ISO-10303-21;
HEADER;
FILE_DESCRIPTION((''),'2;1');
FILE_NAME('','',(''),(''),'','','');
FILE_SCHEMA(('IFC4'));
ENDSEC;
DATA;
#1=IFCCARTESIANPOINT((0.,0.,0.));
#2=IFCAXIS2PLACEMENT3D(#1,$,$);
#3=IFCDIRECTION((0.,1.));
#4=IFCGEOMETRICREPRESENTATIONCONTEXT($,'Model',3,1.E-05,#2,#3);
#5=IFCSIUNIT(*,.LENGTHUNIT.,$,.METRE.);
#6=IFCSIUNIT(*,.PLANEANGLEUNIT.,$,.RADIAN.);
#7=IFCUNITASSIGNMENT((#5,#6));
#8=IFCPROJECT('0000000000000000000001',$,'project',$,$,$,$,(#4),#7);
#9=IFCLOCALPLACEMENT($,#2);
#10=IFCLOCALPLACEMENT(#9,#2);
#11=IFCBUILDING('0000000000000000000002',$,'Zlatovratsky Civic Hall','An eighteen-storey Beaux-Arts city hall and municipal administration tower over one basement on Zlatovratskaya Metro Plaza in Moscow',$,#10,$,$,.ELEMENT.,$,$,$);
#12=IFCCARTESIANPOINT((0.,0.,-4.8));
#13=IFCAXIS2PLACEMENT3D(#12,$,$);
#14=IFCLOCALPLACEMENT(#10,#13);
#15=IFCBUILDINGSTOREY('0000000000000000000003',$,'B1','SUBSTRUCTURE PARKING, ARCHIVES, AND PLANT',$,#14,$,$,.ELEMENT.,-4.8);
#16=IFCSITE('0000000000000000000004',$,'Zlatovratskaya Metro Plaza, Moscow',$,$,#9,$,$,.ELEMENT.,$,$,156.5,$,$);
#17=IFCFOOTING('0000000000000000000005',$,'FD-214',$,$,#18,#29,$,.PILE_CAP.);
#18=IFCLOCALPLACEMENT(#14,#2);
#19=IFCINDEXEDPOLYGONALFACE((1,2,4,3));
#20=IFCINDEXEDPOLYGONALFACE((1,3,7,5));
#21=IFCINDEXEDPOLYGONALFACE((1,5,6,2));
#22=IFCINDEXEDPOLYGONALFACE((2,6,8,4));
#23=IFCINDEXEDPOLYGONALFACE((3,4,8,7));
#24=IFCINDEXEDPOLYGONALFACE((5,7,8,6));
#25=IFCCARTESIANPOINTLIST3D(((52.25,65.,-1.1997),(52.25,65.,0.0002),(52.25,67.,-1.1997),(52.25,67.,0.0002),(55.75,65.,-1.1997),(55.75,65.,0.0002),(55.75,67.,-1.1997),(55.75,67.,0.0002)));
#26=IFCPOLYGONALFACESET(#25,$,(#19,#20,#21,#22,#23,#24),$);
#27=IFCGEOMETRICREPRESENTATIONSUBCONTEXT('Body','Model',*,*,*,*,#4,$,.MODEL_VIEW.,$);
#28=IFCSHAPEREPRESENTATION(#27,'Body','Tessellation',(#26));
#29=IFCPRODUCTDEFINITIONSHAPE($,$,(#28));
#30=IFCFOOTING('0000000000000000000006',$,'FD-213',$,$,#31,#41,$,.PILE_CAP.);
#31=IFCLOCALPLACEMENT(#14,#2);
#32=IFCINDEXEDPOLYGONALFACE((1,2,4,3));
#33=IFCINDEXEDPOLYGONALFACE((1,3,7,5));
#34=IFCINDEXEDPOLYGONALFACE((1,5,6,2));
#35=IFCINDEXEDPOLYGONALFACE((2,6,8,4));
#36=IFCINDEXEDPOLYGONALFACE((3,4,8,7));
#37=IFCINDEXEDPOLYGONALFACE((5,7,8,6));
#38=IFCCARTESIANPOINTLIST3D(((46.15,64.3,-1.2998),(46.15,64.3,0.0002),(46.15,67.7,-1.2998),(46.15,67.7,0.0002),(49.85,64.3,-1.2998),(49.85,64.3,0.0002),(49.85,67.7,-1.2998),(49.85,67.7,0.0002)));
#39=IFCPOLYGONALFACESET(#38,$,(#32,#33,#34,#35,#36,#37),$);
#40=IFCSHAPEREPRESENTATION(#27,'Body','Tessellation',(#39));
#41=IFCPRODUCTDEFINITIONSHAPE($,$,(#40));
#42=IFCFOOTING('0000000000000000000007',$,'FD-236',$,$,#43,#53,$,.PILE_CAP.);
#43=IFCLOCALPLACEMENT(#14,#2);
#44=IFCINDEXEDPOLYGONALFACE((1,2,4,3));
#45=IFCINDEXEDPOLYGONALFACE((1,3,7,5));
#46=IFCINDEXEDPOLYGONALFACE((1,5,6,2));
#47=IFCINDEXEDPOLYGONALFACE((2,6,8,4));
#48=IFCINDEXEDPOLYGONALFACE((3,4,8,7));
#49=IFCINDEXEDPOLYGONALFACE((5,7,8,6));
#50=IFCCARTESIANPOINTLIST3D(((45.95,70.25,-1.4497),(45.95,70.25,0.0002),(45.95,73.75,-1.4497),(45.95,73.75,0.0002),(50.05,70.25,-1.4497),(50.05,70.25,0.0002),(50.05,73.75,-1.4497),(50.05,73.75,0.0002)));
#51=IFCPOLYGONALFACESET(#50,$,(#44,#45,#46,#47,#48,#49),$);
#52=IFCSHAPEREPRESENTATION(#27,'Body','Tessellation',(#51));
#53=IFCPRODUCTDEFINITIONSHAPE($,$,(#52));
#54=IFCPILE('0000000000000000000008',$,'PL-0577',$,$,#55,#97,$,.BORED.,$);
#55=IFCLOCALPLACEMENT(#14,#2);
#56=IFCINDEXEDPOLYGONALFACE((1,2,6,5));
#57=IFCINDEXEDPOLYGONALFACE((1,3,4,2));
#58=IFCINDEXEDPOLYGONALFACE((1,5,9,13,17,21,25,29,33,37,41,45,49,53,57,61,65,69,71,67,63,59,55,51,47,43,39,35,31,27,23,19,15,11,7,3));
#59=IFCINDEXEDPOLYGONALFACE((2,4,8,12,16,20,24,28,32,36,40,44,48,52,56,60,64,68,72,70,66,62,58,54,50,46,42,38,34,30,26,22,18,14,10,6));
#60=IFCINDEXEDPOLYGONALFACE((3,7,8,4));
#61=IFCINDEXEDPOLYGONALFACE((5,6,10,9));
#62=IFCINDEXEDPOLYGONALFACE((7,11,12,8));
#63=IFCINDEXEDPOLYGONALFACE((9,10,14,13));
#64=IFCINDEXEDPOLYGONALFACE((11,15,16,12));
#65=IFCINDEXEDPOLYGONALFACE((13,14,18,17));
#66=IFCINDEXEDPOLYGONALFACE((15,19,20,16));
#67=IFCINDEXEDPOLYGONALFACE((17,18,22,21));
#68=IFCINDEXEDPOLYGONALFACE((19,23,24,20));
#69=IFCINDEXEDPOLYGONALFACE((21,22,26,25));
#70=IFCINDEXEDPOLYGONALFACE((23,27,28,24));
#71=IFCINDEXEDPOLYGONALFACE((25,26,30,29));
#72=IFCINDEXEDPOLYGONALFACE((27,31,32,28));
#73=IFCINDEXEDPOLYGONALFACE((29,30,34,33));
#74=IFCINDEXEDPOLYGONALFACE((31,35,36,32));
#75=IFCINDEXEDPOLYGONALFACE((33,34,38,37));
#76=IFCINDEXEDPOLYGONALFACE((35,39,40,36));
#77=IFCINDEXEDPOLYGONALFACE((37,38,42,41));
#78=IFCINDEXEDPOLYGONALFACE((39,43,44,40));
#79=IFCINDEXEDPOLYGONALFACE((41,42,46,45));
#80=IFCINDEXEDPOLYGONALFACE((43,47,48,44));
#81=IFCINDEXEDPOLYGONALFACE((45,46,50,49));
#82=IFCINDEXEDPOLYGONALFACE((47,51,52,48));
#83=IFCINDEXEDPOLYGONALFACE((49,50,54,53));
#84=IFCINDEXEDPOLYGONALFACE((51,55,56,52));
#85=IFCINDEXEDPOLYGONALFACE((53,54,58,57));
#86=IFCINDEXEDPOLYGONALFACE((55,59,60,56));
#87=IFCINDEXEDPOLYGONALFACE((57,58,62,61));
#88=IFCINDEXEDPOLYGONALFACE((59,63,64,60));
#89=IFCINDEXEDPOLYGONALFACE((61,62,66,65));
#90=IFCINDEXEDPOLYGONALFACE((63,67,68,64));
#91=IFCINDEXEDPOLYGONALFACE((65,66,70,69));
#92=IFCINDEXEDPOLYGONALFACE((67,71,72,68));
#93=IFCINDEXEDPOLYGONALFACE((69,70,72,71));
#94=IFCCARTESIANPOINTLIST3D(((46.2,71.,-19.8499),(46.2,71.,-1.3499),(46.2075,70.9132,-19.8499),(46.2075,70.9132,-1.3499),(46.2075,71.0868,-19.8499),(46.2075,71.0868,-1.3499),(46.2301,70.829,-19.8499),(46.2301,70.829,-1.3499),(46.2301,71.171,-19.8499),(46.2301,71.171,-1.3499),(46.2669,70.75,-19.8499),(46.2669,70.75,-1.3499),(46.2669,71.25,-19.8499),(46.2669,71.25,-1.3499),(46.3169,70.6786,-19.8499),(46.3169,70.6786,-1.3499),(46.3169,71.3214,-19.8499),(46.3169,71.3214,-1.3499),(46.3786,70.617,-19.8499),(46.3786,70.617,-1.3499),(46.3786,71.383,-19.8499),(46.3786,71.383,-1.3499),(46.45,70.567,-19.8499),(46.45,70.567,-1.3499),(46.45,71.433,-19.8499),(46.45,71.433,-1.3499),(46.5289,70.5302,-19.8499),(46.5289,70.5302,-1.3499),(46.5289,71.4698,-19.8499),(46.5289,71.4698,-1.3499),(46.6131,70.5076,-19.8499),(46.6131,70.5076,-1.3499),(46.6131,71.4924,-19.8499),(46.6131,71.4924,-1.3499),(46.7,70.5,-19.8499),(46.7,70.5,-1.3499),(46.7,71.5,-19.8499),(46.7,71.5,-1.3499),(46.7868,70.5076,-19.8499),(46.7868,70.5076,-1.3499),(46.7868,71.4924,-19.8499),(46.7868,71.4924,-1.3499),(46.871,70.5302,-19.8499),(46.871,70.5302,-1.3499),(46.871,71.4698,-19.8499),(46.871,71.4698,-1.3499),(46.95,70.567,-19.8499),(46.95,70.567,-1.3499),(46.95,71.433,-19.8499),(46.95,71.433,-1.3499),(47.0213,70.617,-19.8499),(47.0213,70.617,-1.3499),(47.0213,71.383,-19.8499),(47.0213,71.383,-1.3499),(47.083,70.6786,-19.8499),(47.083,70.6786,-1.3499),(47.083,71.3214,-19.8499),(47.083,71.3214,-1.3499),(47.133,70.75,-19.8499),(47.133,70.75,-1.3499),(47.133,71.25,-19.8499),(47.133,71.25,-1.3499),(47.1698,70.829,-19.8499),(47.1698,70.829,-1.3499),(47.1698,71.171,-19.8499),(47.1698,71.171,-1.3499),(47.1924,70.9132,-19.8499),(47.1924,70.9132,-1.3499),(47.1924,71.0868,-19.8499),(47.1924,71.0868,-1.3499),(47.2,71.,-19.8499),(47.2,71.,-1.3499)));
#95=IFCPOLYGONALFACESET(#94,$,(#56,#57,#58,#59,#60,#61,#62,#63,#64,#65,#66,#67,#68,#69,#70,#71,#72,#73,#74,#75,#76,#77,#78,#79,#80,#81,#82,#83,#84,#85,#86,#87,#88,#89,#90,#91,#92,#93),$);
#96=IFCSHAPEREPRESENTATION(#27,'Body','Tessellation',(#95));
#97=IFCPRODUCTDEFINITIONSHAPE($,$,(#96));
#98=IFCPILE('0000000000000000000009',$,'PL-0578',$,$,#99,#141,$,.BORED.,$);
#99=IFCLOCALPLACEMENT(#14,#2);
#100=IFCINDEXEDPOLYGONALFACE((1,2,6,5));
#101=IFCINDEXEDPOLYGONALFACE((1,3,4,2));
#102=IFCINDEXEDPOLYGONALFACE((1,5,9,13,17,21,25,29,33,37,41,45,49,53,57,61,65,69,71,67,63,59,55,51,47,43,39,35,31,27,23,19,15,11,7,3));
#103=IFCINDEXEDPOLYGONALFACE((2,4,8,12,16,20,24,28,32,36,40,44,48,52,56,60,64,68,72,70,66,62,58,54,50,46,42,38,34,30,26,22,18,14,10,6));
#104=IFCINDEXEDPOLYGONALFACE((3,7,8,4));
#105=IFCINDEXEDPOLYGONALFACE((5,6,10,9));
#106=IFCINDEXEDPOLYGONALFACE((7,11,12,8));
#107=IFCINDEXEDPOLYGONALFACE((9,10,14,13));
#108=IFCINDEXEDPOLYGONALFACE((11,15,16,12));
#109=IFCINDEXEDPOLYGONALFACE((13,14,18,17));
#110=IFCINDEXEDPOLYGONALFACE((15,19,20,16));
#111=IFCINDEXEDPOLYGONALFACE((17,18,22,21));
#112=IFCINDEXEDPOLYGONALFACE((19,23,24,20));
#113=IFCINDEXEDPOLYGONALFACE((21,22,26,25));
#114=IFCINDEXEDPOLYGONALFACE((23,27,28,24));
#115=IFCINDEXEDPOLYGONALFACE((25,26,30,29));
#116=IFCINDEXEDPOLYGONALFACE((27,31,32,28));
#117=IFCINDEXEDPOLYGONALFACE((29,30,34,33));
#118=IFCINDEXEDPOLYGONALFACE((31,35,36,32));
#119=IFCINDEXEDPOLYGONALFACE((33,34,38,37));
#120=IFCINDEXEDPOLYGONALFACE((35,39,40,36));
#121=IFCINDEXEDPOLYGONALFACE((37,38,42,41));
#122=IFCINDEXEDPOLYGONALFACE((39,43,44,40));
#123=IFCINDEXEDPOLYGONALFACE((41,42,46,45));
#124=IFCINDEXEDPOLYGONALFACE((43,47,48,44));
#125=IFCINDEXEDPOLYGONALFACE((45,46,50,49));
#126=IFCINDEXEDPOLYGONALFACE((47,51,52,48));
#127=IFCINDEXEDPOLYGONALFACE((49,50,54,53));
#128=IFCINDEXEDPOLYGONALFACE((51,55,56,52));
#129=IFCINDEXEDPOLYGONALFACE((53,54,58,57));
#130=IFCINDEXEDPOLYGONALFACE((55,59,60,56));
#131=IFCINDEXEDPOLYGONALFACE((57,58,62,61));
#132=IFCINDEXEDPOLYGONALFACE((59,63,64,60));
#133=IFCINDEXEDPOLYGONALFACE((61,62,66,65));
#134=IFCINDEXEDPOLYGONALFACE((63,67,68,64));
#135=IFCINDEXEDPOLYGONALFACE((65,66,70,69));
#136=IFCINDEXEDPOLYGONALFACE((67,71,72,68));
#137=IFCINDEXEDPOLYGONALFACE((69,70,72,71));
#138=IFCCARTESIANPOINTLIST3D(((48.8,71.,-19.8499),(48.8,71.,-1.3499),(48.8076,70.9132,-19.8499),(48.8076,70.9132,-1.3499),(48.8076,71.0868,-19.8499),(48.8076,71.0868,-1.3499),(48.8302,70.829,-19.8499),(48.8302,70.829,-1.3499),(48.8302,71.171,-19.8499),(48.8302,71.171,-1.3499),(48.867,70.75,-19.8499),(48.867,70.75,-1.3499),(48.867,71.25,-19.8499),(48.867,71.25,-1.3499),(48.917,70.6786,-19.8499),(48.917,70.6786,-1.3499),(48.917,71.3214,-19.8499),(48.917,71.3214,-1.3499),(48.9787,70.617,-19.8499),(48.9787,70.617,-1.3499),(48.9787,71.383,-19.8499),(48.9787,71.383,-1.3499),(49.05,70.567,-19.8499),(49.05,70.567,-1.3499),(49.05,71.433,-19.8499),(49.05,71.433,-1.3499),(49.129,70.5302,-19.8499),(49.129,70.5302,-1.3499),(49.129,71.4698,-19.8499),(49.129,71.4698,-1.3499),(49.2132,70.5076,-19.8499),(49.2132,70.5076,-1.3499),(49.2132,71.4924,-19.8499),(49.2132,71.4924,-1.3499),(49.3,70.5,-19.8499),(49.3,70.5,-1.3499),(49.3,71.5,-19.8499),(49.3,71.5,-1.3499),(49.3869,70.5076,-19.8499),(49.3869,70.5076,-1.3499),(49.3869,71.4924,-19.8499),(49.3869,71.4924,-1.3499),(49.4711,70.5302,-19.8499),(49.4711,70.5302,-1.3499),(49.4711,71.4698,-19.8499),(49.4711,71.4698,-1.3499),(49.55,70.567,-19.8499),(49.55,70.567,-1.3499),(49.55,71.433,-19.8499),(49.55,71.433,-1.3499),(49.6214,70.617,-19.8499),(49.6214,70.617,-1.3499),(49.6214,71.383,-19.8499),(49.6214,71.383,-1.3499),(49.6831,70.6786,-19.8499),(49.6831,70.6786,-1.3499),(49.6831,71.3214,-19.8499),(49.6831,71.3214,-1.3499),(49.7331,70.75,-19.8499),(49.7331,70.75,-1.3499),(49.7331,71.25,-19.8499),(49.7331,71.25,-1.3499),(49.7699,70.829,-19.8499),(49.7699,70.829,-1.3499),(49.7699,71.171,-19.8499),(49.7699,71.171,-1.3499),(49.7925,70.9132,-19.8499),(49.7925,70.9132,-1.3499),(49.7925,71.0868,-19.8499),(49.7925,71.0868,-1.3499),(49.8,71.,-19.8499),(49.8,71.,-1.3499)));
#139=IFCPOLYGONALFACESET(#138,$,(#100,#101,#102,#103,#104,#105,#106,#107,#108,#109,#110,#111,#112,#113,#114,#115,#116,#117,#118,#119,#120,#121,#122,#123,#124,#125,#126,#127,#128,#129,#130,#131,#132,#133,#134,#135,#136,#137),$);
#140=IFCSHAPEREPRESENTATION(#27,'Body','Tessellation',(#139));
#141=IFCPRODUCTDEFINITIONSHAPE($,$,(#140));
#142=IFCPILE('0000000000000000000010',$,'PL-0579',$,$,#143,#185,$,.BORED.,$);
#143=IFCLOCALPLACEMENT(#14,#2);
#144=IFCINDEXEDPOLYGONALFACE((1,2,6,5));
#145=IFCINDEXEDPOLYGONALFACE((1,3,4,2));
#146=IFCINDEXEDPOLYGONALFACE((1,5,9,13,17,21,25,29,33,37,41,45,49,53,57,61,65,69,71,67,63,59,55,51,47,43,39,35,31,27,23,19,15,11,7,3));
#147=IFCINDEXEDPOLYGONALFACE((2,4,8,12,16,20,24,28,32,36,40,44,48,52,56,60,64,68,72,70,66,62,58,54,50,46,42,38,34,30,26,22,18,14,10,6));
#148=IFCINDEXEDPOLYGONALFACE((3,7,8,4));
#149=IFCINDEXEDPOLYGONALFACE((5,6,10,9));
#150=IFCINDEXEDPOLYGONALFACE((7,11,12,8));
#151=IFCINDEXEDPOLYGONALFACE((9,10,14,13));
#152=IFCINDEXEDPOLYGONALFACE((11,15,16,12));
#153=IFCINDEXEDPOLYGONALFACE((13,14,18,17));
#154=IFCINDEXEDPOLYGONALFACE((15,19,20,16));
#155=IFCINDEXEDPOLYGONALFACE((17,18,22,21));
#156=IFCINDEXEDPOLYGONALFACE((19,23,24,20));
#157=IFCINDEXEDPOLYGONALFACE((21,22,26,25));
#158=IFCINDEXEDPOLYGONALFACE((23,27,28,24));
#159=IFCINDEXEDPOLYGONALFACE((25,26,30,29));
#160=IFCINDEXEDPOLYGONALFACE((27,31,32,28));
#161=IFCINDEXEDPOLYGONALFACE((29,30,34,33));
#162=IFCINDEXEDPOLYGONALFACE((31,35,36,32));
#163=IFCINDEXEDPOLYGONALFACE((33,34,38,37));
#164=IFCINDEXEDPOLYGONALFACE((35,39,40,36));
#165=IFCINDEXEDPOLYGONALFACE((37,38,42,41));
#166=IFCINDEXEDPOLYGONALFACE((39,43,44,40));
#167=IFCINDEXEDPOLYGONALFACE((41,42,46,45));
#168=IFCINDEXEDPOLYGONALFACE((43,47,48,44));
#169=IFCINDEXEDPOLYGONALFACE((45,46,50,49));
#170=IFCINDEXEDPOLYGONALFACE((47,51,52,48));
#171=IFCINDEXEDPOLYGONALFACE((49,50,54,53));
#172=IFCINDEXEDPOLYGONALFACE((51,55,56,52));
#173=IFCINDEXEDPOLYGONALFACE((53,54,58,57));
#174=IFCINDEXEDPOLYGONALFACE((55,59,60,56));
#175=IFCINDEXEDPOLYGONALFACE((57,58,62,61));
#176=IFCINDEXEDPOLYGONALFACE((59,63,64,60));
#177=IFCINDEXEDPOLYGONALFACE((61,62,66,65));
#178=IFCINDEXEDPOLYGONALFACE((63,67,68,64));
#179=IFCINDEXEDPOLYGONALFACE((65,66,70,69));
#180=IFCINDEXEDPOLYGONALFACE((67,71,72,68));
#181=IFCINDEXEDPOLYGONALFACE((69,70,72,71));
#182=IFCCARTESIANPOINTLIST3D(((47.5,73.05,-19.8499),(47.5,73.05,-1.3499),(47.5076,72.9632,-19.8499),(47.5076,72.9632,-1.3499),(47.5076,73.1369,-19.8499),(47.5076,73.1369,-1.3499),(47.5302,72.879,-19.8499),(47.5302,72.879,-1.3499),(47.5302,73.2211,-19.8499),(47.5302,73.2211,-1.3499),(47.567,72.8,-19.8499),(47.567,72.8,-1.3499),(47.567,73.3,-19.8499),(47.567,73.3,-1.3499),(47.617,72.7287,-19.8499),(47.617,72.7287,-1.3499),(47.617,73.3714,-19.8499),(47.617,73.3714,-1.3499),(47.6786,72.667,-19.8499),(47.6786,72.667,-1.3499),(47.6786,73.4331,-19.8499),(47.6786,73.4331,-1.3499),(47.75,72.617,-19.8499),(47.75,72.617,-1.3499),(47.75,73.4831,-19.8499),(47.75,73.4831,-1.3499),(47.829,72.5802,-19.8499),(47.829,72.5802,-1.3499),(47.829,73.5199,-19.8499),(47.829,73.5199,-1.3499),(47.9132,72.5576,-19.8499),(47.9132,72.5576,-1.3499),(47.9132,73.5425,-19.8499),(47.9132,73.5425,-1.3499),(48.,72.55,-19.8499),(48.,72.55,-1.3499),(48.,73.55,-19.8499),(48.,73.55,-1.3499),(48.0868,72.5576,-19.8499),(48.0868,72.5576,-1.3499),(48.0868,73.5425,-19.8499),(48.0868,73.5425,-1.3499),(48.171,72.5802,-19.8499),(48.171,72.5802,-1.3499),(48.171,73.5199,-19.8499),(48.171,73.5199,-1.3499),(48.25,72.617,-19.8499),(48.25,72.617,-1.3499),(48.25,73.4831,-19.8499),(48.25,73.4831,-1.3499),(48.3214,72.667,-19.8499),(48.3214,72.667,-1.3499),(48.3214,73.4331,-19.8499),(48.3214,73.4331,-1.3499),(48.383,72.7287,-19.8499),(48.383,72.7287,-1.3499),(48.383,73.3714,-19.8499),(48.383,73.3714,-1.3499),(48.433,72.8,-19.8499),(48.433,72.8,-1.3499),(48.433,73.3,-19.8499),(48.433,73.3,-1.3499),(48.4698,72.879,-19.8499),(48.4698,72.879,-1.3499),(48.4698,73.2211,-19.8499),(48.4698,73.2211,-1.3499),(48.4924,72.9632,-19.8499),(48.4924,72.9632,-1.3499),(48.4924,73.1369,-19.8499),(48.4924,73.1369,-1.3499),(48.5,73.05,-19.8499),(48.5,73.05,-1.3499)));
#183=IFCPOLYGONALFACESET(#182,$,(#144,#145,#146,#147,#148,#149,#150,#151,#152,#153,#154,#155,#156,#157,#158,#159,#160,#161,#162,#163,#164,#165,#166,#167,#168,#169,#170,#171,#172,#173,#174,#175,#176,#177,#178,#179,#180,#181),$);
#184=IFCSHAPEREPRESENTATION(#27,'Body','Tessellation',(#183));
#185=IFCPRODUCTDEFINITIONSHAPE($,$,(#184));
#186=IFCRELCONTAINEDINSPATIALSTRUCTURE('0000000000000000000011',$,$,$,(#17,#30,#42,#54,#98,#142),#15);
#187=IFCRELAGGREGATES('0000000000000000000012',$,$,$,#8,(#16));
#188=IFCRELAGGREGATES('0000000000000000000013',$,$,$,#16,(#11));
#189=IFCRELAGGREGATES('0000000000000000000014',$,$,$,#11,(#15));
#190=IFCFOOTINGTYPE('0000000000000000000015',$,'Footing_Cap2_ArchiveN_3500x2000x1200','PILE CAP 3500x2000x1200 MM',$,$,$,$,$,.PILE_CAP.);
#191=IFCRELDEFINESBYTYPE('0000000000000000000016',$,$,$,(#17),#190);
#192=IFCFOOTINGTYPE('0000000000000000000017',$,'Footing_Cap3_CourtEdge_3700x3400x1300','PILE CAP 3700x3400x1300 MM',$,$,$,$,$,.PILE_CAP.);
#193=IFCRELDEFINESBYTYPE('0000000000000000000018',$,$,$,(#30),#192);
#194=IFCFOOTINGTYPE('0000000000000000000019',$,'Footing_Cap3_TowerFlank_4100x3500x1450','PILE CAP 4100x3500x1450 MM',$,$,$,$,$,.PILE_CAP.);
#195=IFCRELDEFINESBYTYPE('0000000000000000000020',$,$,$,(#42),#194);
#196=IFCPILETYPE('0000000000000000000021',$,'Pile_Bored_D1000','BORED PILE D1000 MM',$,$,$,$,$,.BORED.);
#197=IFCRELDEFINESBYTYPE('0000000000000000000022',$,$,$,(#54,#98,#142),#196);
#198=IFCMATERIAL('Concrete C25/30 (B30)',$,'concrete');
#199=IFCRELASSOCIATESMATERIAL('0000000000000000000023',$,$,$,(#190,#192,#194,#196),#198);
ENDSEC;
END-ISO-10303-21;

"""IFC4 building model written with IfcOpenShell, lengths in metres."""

from ifc_helpers import new_model, si_unit, direction, frame, origin, origin_2d, place, context, subcontext, project, spatial, rectangle, circle, extrude, material, material_profile, profile_set, type_object, element, save


model = new_model("IFC4")

# Units and contexts
model_context = context("Model", 3, precision=1e-05, world=origin(), true_north=direction((0.0, 1.0)))
body_context = subcontext(model_context, "Body", "Model", "MODEL_VIEW")
ifc_project = project(units=[si_unit("LENGTHUNIT", "METRE"), si_unit("PLANEANGLEUNIT", "RADIAN")], contexts=[model_context])

# Site, building, storey
site_placement = place(None, origin())
site = spatial("IfcSite", under=ifc_project, at=site_placement, Name="Zlatovratskaya Metro Plaza, Moscow", CompositionType="ELEMENT", RefElevation=156.5)
building_placement = place(site_placement, origin())
building = spatial("IfcBuilding", under=site, at=building_placement, Name="Zlatovratsky Civic Hall", Description="An eighteen-storey Beaux-Arts city hall and municipal administration tower over one basement on Zlatovratskaya Metro Plaza in Moscow", CompositionType="ELEMENT")
storey_placement = place(building_placement, frame((0.0, 0.0, -4.8)))
storey = spatial("IfcBuildingStorey", under=building, at=storey_placement, Name="B1", Description="SUBSTRUCTURE PARKING, ARCHIVES, AND PLANT", CompositionType="ELEMENT", Elevation=-4.8)

# Footings
ifc_material_1 = material(Name="Concrete C25/30 (B30)", Category="concrete")
footing_type_1 = type_object("IfcFootingType", Name="Footing_Cap2_ArchiveN_3500x2000x1200", Description="PILE CAP 3500x2000x1200 MM", PredefinedType="PILE_CAP", material=ifc_material_1)
footing_1_placement = place(storey_placement, frame((54.0, 66.0, -1.1997), z_axis=(0.0, 0.0, 1.0), x_axis=(1.0, 0.0, 0.0)))
element("IfcFooting", 1, at=footing_1_placement, inside=storey, type_object=footing_type_1, Name="FD-214", PredefinedType="PILE_CAP", context=body_context, shape_type="SweptSolid", body=[
    extrude(rectangle(XDim=3.5, YDim=2.0, at=origin_2d()), origin(), (0.0, 0.0, 1.0), 1.2),
])
footing_type_2 = type_object("IfcFootingType", Name="Footing_Cap3_CourtEdge_3700x3400x1300", Description="PILE CAP 3700x3400x1300 MM", PredefinedType="PILE_CAP", material=ifc_material_1)
footing_2_placement = place(storey_placement, frame((48.0, 66.0, -1.2998), z_axis=(0.0, 0.0, 1.0), x_axis=(1.0, 0.0, 0.0)))
element("IfcFooting", 2, at=footing_2_placement, inside=storey, type_object=footing_type_2, Name="FD-213", PredefinedType="PILE_CAP", context=body_context, shape_type="SweptSolid", body=[
    extrude(rectangle(XDim=3.7, YDim=3.3999, at=origin_2d()), origin(), (0.0, 0.0, 1.0), 1.3),
])
footing_type_3 = type_object("IfcFootingType", Name="Footing_Cap3_TowerFlank_4100x3500x1450", Description="PILE CAP 4100x3500x1450 MM", PredefinedType="PILE_CAP", material=ifc_material_1)
footing_3_placement = place(storey_placement, frame((48.0, 72.0, -1.4497), z_axis=(0.0, 0.0, 1.0), x_axis=(1.0, 0.0, 0.0)))
element("IfcFooting", 3, at=footing_3_placement, inside=storey, type_object=footing_type_3, Name="FD-236", PredefinedType="PILE_CAP", context=body_context, shape_type="SweptSolid", body=[
    extrude(rectangle(XDim=4.1001, YDim=3.5, at=origin_2d()), origin(), (0.0, 0.0, 1.0), 1.45),
])

# Piles
ifc_material_profile_1 = material_profile(ifc_material_1, circle(Radius=0.5, at=origin_2d()), Name="PILE D1000")
ifc_profile_set_1 = profile_set([ifc_material_profile_1], Name="Concrete C25/30 (B30)")
pile_type_1 = type_object("IfcPileType", Name="Pile_Bored_D1000", Description="BORED PILE D1000 MM", PredefinedType="BORED", material=ifc_profile_set_1)
for number, where, z_axis, x_axis, name in (
    (4, (46.7, 71.0, -1.3499), (0.0, 0.0, -1.0), (1.0, 0.0, 0.0), "PL-0577"),
    (5, (49.3, 71.0, -1.3499), (0.0, 0.0, -1.0), (1.0, 0.0, 0.0), "PL-0578"),
    (6, (48.0, 73.05, -1.3499), (0.0, 0.0, -1.0), (1.0, 0.0, 0.0), "PL-0579"),
):
    element("IfcPile", number, at=place(storey_placement, frame(where, z_axis=z_axis, x_axis=x_axis)), inside=storey, type_object=pile_type_1, Name=name, PredefinedType="BORED", context=body_context, shape_type="SweptSolid", body=[
        extrude(circle(Radius=0.5, at=origin_2d()), origin(), (0.0, 0.0, 1.0), 18.5),
    ])

save(model, "model.ifc")
